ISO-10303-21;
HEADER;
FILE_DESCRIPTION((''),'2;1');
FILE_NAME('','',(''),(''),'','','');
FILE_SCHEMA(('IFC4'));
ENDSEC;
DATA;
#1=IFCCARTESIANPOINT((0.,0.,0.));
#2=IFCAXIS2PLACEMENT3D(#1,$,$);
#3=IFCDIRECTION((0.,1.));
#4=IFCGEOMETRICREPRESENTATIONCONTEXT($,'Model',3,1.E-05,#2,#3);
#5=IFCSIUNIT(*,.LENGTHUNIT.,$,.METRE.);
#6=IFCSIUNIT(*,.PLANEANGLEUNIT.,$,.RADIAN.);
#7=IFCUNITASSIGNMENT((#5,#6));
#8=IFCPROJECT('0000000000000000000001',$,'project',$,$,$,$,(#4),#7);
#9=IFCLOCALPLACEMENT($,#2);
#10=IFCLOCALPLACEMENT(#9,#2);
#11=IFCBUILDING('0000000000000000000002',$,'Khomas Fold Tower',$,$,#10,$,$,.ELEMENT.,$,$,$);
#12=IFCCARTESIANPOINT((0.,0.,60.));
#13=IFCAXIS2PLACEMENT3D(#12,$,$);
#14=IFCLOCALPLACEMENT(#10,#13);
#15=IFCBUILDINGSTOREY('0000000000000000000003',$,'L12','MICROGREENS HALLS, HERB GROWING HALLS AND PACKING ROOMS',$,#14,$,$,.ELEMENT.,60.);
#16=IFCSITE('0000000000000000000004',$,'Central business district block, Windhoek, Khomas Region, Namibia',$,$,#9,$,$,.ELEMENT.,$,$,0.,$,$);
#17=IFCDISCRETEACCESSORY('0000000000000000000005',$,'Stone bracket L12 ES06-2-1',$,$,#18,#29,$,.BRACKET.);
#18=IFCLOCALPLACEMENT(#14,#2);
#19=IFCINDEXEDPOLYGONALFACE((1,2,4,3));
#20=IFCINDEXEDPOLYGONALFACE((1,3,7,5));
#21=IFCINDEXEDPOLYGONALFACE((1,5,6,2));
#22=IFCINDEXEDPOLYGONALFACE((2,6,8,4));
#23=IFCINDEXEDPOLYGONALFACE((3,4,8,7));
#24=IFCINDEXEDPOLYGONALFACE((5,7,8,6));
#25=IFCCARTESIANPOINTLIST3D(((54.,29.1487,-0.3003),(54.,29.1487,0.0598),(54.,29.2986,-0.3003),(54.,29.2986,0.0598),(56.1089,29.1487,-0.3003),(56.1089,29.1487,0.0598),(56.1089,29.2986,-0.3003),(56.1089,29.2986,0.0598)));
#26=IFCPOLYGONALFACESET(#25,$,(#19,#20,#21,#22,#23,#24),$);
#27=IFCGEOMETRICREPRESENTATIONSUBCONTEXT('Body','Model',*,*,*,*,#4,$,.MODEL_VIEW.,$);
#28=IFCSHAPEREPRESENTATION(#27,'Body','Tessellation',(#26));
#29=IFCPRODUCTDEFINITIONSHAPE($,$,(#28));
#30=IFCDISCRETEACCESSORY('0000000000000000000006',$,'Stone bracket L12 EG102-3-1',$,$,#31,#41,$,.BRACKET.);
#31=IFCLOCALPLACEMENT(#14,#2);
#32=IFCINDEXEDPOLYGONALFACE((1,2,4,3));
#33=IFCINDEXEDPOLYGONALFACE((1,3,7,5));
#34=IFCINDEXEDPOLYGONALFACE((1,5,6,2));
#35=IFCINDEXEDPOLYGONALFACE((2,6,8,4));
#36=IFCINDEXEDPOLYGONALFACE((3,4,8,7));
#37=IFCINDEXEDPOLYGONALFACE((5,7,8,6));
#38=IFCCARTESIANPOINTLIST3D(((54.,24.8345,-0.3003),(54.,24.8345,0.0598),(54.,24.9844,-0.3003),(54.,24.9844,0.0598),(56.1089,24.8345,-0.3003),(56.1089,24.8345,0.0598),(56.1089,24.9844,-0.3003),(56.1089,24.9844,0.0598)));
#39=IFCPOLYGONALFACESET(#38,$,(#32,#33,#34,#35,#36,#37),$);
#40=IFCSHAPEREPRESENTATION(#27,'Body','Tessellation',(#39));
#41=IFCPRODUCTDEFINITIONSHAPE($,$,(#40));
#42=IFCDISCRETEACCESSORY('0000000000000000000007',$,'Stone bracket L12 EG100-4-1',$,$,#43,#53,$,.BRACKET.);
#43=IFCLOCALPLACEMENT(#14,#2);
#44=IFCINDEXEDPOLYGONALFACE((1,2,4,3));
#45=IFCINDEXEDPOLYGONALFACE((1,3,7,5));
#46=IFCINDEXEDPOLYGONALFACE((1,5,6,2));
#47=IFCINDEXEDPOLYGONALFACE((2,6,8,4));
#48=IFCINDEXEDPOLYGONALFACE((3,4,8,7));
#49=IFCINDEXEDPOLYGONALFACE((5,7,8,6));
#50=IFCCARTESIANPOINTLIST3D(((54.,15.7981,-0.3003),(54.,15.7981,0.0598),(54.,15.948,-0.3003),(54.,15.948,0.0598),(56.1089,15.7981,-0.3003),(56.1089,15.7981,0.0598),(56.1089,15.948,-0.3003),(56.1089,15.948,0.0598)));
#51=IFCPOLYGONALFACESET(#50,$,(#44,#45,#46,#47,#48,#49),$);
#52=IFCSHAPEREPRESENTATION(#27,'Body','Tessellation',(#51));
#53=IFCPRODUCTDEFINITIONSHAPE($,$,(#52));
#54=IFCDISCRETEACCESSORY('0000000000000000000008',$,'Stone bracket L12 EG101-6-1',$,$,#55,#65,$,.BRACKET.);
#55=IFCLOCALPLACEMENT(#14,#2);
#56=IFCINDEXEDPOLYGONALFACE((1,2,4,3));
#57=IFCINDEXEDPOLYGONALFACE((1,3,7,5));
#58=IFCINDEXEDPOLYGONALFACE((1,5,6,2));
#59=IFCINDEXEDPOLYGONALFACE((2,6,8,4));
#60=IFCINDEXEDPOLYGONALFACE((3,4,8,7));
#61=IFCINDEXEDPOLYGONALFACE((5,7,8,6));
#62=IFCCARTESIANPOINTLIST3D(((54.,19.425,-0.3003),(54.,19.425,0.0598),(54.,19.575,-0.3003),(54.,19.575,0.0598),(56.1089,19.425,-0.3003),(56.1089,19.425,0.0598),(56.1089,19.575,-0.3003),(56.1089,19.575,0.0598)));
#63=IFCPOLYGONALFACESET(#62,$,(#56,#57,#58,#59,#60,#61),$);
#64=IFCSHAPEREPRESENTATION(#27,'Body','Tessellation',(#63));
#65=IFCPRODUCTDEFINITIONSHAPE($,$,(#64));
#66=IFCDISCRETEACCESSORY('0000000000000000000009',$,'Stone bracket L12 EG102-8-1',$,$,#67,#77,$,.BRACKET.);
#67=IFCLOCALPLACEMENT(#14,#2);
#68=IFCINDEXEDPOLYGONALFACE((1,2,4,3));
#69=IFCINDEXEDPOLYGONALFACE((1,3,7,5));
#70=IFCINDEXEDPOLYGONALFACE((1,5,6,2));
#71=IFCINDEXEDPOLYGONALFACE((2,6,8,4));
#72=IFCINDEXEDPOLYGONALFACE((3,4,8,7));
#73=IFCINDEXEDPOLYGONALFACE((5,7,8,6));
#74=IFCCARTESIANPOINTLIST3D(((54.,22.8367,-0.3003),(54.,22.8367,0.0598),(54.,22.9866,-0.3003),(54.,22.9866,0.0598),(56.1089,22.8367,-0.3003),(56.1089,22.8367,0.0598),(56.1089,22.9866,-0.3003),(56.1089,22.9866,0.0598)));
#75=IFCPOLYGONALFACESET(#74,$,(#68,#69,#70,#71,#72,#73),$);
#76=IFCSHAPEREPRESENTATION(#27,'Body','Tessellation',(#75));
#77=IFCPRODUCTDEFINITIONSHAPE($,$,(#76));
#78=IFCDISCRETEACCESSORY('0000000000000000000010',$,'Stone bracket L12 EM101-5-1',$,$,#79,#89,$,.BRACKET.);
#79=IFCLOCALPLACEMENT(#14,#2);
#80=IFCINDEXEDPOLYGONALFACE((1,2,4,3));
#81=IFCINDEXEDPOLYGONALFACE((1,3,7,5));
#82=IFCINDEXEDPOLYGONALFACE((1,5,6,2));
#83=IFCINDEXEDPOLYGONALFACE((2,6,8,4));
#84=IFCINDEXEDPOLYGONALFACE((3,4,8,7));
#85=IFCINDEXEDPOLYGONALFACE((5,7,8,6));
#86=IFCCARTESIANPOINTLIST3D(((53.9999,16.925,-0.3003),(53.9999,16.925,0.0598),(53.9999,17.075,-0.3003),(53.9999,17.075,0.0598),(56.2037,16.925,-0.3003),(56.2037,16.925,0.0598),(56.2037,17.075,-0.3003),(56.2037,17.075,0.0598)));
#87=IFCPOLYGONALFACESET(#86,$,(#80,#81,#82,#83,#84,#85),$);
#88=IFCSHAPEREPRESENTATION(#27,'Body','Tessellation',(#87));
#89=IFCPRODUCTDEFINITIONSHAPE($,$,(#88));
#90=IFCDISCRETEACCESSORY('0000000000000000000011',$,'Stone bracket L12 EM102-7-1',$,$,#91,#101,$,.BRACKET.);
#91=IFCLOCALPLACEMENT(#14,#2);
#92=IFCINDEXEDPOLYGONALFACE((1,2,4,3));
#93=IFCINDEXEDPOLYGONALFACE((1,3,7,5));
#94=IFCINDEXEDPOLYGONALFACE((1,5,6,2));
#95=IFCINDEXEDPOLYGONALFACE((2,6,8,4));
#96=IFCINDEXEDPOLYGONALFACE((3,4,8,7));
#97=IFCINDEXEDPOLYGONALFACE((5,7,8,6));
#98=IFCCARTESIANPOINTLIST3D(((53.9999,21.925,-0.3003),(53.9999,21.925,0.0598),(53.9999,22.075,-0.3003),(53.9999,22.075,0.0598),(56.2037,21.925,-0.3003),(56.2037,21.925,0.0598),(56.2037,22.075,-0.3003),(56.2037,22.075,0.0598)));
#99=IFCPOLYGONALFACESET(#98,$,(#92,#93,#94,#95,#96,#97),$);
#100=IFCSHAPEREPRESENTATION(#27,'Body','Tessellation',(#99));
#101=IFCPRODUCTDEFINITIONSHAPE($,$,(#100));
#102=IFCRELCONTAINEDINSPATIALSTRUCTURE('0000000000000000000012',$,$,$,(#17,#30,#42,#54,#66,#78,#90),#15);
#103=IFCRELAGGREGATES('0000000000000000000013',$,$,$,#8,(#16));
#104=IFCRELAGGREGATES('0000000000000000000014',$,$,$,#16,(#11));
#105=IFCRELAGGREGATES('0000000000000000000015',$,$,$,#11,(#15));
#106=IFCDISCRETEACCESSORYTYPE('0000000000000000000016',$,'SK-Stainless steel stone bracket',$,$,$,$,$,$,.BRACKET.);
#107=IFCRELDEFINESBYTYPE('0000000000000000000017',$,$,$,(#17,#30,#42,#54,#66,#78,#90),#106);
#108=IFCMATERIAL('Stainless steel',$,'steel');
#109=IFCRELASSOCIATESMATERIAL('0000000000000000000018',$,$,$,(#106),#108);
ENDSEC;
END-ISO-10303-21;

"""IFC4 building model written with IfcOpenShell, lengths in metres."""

from ifc_helpers import new_model, si_unit, direction, frame, origin, origin_2d, place, context, subcontext, project, spatial, rectangle, extrude, source, transform, mapped, material, type_object, element, save


model = new_model("IFC4")

# Units and contexts
model_context = context("Model", 3, precision=1e-05, world=origin(), true_north=direction((0.0, 1.0)))
body_context = subcontext(model_context, "Body", "Model", "MODEL_VIEW")
ifc_project = project(units=[si_unit("LENGTHUNIT", "METRE"), si_unit("PLANEANGLEUNIT", "RADIAN")], contexts=[model_context])

# Site, building, storey
site_placement = place(None, origin())
site = spatial("IfcSite", under=ifc_project, at=site_placement, Name="Central business district block, Windhoek, Khomas Region, Namibia", CompositionType="ELEMENT", RefElevation=0.0)
building_placement = place(site_placement, origin())
building = spatial("IfcBuilding", under=site, at=building_placement, Name="Khomas Fold Tower", CompositionType="ELEMENT")
storey_placement = place(building_placement, frame((0.0, 0.0, 60.0)))
storey = spatial("IfcBuildingStorey", under=building, at=storey_placement, Name="L12", Description="MICROGREENS HALLS, HERB GROWING HALLS AND PACKING ROOMS", CompositionType="ELEMENT", Elevation=60.0)

# Discrete accessories
ifc_material_1 = material(Name="Stainless steel", Category="steel")
discrete_accessory_type = type_object("IfcDiscreteAccessoryType", Name="SK-Stainless steel stone bracket", PredefinedType="BRACKET", material=ifc_material_1)
shared_shape_1 = source(origin(), body_context, "Body", "SweptSolid", [
    extrude(rectangle(XDim=2.1089, YDim=0.1499, at=origin_2d()), origin(), (0.0, 0.0, 1.0), 0.3601),
])
for number, where, z_axis, x_axis, name in (
    (1, (55.0544, 29.2236, -0.3003), (0.0, 0.0, 1.0), (1.0, 0.0, 0.0), "Stone bracket L12 ES06-2-1"),
    (2, (55.0544, 24.9094, -0.3003), (0.0, 0.0, 1.0), (1.0, 0.0, 0.0), "Stone bracket L12 EG102-3-1"),
    (3, (55.0544, 15.873, -0.3003), (0.0, 0.0, 1.0), (1.0, 0.0, 0.0), "Stone bracket L12 EG100-4-1"),
    (4, (55.0544, 19.5, -0.3003), (0.0, 0.0, 1.0), (1.0, 0.0, 0.0), "Stone bracket L12 EG101-6-1"),
    (5, (55.0544, 22.9116, -0.3003), (0.0, 0.0, 1.0), (1.0, 0.0, 0.0), "Stone bracket L12 EG102-8-1"),
):
    element("IfcDiscreteAccessory", number, at=place(storey_placement, frame(where, z_axis=z_axis, x_axis=x_axis)), inside=storey, type_object=discrete_accessory_type, Name=name, PredefinedType="BRACKET", context=body_context, shape_type="MappedRepresentation", body=[
        mapped(shared_shape_1, transform((0.0, 0.0, 0.0))),
    ])
shared_shape_2 = source(origin(), body_context, "Body", "SweptSolid", [
    extrude(rectangle(XDim=2.2039, YDim=0.1499, at=origin_2d()), origin(), (0.0, 0.0, 1.0), 0.3601),
])
for number, where, z_axis, x_axis, name in (
    (6, (55.1018, 17.0, -0.3003), (0.0, 0.0, 1.0), (1.0, 0.0, 0.0), "Stone bracket L12 EM101-5-1"),
    (7, (55.1018, 22.0, -0.3003), (0.0, 0.0, 1.0), (1.0, 0.0, 0.0), "Stone bracket L12 EM102-7-1"),
):
    element("IfcDiscreteAccessory", number, at=place(storey_placement, frame(where, z_axis=z_axis, x_axis=x_axis)), inside=storey, type_object=discrete_accessory_type, Name=name, PredefinedType="BRACKET", context=body_context, shape_type="MappedRepresentation", body=[
        mapped(shared_shape_2, transform((0.0, 0.0, 0.0))),
    ])

save(model, "model.ifc")
